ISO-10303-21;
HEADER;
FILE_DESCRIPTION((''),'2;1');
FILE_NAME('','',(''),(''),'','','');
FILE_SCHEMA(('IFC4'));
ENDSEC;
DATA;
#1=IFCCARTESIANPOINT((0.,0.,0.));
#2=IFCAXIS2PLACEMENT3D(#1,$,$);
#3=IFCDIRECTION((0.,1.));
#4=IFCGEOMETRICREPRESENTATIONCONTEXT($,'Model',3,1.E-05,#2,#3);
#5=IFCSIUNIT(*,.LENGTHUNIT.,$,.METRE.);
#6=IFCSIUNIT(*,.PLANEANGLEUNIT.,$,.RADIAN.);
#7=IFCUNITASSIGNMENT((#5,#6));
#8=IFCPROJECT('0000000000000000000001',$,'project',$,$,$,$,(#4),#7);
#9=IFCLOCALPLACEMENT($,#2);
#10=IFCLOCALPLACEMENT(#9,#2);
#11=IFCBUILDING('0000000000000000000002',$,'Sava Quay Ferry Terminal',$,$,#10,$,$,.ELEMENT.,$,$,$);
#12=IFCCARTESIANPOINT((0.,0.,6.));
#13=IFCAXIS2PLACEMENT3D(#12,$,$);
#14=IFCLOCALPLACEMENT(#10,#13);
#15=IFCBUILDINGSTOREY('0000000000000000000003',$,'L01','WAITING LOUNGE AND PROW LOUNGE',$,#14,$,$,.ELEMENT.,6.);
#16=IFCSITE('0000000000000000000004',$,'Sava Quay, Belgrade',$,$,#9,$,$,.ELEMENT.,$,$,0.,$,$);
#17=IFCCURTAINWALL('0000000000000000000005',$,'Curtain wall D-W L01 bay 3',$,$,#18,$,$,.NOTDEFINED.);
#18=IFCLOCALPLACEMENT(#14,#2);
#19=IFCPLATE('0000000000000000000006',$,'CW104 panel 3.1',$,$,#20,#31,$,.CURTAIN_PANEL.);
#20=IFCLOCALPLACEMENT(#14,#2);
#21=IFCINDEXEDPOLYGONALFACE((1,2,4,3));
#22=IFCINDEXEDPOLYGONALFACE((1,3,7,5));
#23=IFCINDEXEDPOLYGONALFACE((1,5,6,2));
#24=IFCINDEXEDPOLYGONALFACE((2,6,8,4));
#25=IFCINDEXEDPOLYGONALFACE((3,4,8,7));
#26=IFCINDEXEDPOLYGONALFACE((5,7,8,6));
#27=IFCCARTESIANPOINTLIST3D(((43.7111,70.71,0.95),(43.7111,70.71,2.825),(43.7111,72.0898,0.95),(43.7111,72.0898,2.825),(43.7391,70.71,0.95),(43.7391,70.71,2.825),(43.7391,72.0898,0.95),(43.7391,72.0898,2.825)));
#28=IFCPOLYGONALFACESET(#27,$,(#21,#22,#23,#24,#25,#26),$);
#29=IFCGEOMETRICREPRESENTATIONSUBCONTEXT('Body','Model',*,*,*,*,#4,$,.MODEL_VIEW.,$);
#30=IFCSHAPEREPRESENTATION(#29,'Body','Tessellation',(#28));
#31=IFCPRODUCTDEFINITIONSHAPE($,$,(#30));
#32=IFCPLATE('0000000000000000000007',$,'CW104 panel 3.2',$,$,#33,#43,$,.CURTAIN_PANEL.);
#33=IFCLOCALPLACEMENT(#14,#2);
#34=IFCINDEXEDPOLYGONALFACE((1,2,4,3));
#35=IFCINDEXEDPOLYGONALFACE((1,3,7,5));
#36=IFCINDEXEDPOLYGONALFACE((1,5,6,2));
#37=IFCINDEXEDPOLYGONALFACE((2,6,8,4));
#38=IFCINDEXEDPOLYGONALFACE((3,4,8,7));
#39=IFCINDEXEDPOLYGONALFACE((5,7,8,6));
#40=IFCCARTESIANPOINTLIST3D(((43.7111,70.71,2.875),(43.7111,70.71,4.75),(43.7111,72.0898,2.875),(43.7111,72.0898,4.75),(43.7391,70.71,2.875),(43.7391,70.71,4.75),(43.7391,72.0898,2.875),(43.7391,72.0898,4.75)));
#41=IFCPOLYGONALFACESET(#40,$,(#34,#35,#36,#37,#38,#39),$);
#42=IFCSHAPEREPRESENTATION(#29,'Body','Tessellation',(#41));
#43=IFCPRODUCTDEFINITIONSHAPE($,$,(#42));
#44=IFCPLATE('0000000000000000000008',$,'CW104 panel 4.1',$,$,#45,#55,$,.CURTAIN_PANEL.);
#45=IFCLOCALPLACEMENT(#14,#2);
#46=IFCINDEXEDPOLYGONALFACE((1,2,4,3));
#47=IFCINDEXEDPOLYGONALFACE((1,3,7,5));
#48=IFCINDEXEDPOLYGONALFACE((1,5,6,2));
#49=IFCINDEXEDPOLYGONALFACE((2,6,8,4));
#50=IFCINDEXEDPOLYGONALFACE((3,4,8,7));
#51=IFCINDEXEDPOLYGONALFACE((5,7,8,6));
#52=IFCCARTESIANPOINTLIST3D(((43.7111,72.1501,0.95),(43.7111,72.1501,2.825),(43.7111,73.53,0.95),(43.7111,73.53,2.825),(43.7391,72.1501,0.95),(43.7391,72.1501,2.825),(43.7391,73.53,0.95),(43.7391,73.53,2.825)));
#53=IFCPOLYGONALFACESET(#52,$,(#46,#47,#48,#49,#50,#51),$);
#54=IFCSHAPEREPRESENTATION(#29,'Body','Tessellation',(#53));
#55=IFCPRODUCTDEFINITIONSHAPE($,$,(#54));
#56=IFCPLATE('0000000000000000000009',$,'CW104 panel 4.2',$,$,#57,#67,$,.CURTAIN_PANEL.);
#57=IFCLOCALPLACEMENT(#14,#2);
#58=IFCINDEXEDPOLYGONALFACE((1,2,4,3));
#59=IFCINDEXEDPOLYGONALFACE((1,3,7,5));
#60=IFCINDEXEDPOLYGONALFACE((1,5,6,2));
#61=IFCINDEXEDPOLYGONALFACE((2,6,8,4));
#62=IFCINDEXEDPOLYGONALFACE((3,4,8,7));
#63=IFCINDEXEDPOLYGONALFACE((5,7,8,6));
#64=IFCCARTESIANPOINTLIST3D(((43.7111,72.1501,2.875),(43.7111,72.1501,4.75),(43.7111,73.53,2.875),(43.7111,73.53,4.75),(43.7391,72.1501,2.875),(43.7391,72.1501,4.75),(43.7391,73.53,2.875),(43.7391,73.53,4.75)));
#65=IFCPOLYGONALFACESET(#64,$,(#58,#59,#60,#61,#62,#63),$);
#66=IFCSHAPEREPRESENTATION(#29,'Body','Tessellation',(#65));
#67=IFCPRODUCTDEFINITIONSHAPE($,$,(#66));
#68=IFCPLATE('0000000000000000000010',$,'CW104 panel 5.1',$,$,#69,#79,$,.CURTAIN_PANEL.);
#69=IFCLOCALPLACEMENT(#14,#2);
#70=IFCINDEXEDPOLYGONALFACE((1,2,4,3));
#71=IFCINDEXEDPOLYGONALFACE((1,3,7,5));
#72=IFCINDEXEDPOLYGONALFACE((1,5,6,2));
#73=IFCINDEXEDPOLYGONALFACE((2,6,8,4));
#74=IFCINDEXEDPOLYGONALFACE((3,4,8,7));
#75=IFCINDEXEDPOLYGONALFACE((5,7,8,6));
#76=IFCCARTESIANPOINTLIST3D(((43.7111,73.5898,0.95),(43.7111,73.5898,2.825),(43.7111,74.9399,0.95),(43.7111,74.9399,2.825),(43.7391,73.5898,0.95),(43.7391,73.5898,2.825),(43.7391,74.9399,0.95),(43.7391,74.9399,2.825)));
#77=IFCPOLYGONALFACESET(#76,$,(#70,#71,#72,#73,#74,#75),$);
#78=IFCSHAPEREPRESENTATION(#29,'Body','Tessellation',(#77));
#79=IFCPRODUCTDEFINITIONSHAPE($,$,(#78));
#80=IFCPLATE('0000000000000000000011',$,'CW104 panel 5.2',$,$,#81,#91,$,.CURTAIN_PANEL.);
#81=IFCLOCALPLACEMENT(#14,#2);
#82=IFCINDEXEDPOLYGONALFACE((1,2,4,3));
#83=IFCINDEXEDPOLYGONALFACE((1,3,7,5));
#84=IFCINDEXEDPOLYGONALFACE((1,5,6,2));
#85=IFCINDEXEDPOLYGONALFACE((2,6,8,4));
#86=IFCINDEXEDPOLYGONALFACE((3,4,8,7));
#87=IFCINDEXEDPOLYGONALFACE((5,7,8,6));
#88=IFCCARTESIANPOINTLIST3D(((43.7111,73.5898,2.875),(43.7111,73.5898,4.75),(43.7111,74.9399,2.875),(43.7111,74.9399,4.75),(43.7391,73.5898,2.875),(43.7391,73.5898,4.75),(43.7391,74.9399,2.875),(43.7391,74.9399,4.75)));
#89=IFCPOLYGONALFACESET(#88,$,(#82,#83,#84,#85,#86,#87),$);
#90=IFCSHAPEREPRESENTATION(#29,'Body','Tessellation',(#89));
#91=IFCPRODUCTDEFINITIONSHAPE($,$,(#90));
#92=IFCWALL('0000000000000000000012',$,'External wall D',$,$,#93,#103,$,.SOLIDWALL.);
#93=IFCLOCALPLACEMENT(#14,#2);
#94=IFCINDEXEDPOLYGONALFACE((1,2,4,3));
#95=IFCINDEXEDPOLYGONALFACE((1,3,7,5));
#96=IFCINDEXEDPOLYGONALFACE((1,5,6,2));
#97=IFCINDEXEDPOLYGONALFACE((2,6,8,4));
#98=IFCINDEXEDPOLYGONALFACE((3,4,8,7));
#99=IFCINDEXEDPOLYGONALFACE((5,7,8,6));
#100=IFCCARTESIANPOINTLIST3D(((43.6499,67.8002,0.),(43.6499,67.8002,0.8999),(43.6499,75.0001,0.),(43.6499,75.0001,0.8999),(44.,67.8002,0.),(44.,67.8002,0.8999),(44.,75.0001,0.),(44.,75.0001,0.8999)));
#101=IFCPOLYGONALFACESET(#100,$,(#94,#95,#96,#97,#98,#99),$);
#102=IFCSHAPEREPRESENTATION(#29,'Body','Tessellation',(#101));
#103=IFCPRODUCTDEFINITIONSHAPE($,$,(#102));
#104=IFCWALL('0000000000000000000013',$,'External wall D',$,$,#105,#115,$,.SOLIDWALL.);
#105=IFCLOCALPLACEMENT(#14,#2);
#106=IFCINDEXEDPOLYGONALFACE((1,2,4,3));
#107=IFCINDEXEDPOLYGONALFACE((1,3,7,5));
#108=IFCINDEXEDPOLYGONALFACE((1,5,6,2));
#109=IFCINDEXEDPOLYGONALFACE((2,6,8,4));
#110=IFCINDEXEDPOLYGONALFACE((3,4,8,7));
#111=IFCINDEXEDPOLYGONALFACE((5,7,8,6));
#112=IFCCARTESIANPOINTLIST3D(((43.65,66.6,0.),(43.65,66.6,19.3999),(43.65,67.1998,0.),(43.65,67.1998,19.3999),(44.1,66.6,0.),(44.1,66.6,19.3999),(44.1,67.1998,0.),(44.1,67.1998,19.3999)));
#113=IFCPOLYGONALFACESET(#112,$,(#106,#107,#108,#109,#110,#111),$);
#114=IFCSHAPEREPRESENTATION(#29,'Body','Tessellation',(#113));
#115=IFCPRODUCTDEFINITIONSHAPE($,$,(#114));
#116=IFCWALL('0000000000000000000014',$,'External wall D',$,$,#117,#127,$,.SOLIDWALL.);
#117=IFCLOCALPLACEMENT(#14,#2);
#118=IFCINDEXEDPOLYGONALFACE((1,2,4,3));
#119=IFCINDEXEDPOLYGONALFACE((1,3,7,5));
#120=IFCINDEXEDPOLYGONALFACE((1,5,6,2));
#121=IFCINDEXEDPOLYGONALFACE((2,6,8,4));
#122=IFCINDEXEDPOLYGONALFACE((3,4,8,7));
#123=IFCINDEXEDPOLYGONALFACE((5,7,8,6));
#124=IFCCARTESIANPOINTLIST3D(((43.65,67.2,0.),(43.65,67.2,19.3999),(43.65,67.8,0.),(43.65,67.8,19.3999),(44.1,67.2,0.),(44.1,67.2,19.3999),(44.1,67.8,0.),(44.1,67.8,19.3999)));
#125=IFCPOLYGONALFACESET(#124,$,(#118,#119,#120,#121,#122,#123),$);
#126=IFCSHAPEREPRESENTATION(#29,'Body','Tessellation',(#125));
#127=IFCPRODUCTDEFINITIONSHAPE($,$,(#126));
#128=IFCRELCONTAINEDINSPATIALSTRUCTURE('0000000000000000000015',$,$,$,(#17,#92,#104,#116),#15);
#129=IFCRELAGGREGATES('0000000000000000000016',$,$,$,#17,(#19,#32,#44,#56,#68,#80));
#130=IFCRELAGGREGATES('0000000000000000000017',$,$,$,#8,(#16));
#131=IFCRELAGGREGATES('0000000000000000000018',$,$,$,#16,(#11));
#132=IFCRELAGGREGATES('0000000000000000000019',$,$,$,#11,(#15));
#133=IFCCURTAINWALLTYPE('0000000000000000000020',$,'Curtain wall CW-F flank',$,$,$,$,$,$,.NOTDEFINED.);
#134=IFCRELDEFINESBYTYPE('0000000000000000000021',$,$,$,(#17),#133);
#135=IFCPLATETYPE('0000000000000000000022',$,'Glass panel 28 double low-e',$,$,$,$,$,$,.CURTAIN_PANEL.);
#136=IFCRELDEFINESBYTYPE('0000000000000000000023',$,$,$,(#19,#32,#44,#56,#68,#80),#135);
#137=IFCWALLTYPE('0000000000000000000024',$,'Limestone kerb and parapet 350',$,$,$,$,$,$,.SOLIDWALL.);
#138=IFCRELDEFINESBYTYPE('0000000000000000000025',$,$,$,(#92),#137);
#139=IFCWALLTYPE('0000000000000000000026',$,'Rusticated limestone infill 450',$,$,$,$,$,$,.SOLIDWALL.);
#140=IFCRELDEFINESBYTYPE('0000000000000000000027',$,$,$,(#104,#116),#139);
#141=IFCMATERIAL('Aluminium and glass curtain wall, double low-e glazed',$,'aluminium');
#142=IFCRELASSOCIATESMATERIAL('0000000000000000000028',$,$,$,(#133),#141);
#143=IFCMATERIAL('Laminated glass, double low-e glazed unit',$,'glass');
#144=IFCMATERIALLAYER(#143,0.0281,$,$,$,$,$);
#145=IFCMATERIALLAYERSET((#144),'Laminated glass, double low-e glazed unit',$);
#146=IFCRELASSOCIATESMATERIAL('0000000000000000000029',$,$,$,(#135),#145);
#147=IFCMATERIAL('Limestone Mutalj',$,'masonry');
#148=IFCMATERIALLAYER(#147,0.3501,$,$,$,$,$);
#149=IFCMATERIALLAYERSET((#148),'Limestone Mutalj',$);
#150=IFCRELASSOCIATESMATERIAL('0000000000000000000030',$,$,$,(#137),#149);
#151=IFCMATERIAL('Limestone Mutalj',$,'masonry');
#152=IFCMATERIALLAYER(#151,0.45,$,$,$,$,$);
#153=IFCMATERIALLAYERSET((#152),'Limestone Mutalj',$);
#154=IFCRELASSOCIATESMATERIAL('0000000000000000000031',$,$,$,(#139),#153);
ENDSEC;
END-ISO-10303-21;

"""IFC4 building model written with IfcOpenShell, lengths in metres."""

from ifc_helpers import new_model, si_unit, direction, frame, frame_2d, origin, origin_2d, place, context, subcontext, project, spatial, rectangle, extrude, material, layer, layer_set, type_object, element, aggregate, save


model = new_model("IFC4")

# Units and contexts
model_context = context("Model", 3, precision=1e-05, world=origin(), true_north=direction((0.0, 1.0)))
body_context = subcontext(model_context, "Body", "Model", "MODEL_VIEW")
ifc_project = project(units=[si_unit("LENGTHUNIT", "METRE"), si_unit("PLANEANGLEUNIT", "RADIAN")], contexts=[model_context])

# Site, building, storey
site_placement = place(None, origin())
site = spatial("IfcSite", under=ifc_project, at=site_placement, Name="Sava Quay, Belgrade", CompositionType="ELEMENT", RefElevation=0.0)
building_placement = place(site_placement, origin())
building = spatial("IfcBuilding", under=site, at=building_placement, Name="Sava Quay Ferry Terminal", CompositionType="ELEMENT")
storey_placement = place(building_placement, frame((0.0, 0.0, 6.0)))
storey = spatial("IfcBuildingStorey", under=building, at=storey_placement, Name="L01", Description="WAITING LOUNGE AND PROW LOUNGE", CompositionType="ELEMENT", Elevation=6.0)

# Curtain wall, plates
ifc_material_1 = material(Name="Aluminium and glass curtain wall, double low-e glazed", Category="aluminium")
curtain_wall_type = type_object("IfcCurtainWallType", Name="Curtain wall CW-F flank", PredefinedType="NOTDEFINED", material=ifc_material_1)
curtain_wall_placement = place(storey_placement, origin())
curtain_wall = element("IfcCurtainWall", 1, at=curtain_wall_placement, inside=storey, type_object=curtain_wall_type, Name="Curtain wall D-W L01 bay 3", PredefinedType="NOTDEFINED")
ifc_material_2 = material(Name="Laminated glass, double low-e glazed unit", Category="glass")
ifc_layer_1 = layer(ifc_material_2, 0.0281)
ifc_layer_set_1 = layer_set([ifc_layer_1], Name="Laminated glass, double low-e glazed unit")
plate_type = type_object("IfcPlateType", Name="Glass panel 28 double low-e", PredefinedType="CURTAIN_PANEL", material=ifc_layer_set_1)
plate_1_placement = place(storey_placement, frame((43.7251, 71.3999, 0.95), z_axis=(0.0, 0.0, 1.0), x_axis=(0.0, 1.0, 0.0)))
plate_1 = element("IfcPlate", 2, at=plate_1_placement, type_object=plate_type, Name="CW104 panel 3.1", PredefinedType="CURTAIN_PANEL", context=body_context, shape_type="SweptSolid", body=[
    extrude(rectangle(XDim=1.3799, YDim=0.0281, at=origin_2d()), origin(), (0.0, 0.0, 1.0), 1.875),
])
plate_2_placement = place(storey_placement, frame((43.7251, 71.3999, 2.875), z_axis=(0.0, 0.0, 1.0), x_axis=(0.0, 1.0, 0.0)))
plate_2 = element("IfcPlate", 3, at=plate_2_placement, type_object=plate_type, Name="CW104 panel 3.2", PredefinedType="CURTAIN_PANEL", context=body_context, shape_type="SweptSolid", body=[
    extrude(rectangle(XDim=1.3799, YDim=0.0281, at=origin_2d()), origin(), (0.0, 0.0, 1.0), 1.875),
])
plate_3_placement = place(storey_placement, frame((43.7251, 72.8401, 0.95), z_axis=(0.0, 0.0, 1.0), x_axis=(0.0, 1.0, 0.0)))
plate_3 = element("IfcPlate", 4, at=plate_3_placement, type_object=plate_type, Name="CW104 panel 4.1", PredefinedType="CURTAIN_PANEL", context=body_context, shape_type="SweptSolid", body=[
    extrude(rectangle(XDim=1.3799, YDim=0.0281, at=origin_2d()), origin(), (0.0, 0.0, 1.0), 1.875),
])
plate_4_placement = place(storey_placement, frame((43.7251, 72.8401, 2.875), z_axis=(0.0, 0.0, 1.0), x_axis=(0.0, 1.0, 0.0)))
plate_4 = element("IfcPlate", 5, at=plate_4_placement, type_object=plate_type, Name="CW104 panel 4.2", PredefinedType="CURTAIN_PANEL", context=body_context, shape_type="SweptSolid", body=[
    extrude(rectangle(XDim=1.3799, YDim=0.0281, at=origin_2d()), origin(), (0.0, 0.0, 1.0), 1.875),
])
plate_5_placement = place(storey_placement, frame((43.7251, 74.2649, 0.95), z_axis=(0.0, 0.0, 1.0), x_axis=(0.0, 1.0, 0.0)))
plate_5 = element("IfcPlate", 6, at=plate_5_placement, type_object=plate_type, Name="CW104 panel 5.1", PredefinedType="CURTAIN_PANEL", context=body_context, shape_type="SweptSolid", body=[
    extrude(rectangle(XDim=1.3501, YDim=0.0281, at=origin_2d()), origin(), (0.0, 0.0, 1.0), 1.875),
])
plate_6_placement = place(storey_placement, frame((43.7251, 74.2649, 2.875), z_axis=(0.0, 0.0, 1.0), x_axis=(0.0, 1.0, 0.0)))
plate_6 = element("IfcPlate", 7, at=plate_6_placement, type_object=plate_type, Name="CW104 panel 5.2", PredefinedType="CURTAIN_PANEL", context=body_context, shape_type="SweptSolid", body=[
    extrude(rectangle(XDim=1.3501, YDim=0.0281, at=origin_2d()), origin(), (0.0, 0.0, 1.0), 1.875),
])
aggregate(curtain_wall, [plate_1, plate_2, plate_3, plate_4, plate_5, plate_6])

# Walls
ifc_material_3 = material(Name="Limestone Mutalj", Category="masonry")
ifc_layer_2 = layer(ifc_material_3, 0.3501)
ifc_layer_set_2 = layer_set([ifc_layer_2], Name="Limestone Mutalj")
wall_type_1 = type_object("IfcWallType", Name="Limestone kerb and parapet 350", PredefinedType="SOLIDWALL", material=ifc_layer_set_2)
wall_1_placement = place(storey_placement, frame((43.825, 67.8, 0.0), z_axis=(0.0, 0.0, 1.0), x_axis=(0.0, 1.0, 0.0)))
element("IfcWall", 8, at=wall_1_placement, inside=storey, type_object=wall_type_1, Name="External wall D", PredefinedType="SOLIDWALL", context=body_context, shape_type="SweptSolid", body=[
    extrude(rectangle(XDim=7.2, YDim=0.3501, at=frame_2d((3.6001, 0.0))), origin(), (0.0, 0.0, 1.0), 0.8999),
])
ifc_material_4 = material(Name="Limestone Mutalj", Category="masonry")
ifc_layer_3 = layer(ifc_material_4, 0.45)
ifc_layer_set_3 = layer_set([ifc_layer_3], Name="Limestone Mutalj")
wall_type_2 = type_object("IfcWallType", Name="Rusticated limestone infill 450", PredefinedType="SOLIDWALL", material=ifc_layer_set_3)
wall_2_placement = place(storey_placement, frame((43.875, 66.6001, 0.0), z_axis=(0.0, 0.0, 1.0), x_axis=(0.0, 1.0, 0.0)))
element("IfcWall", 9, at=wall_2_placement, inside=storey, type_object=wall_type_2, Name="External wall D", PredefinedType="SOLIDWALL", context=body_context, shape_type="SweptSolid", body=[
    extrude(rectangle(XDim=0.5999, YDim=0.45, at=frame_2d((0.2998, 0.0))), origin(), (0.0, 0.0, 1.0), 19.3999),
])
wall_3_placement = place(storey_placement, frame((43.875, 67.2, 0.0), z_axis=(0.0, 0.0, 1.0), x_axis=(0.0, 1.0, 0.0)))
element("IfcWall", 10, at=wall_3_placement, inside=storey, type_object=wall_type_2, Name="External wall D", PredefinedType="SOLIDWALL", context=body_context, shape_type="SweptSolid", body=[
    extrude(rectangle(XDim=0.6001, YDim=0.45, at=frame_2d((0.3, 0.0))), origin(), (0.0, 0.0, 1.0), 19.3999),
])

save(model, "model.ifc")
